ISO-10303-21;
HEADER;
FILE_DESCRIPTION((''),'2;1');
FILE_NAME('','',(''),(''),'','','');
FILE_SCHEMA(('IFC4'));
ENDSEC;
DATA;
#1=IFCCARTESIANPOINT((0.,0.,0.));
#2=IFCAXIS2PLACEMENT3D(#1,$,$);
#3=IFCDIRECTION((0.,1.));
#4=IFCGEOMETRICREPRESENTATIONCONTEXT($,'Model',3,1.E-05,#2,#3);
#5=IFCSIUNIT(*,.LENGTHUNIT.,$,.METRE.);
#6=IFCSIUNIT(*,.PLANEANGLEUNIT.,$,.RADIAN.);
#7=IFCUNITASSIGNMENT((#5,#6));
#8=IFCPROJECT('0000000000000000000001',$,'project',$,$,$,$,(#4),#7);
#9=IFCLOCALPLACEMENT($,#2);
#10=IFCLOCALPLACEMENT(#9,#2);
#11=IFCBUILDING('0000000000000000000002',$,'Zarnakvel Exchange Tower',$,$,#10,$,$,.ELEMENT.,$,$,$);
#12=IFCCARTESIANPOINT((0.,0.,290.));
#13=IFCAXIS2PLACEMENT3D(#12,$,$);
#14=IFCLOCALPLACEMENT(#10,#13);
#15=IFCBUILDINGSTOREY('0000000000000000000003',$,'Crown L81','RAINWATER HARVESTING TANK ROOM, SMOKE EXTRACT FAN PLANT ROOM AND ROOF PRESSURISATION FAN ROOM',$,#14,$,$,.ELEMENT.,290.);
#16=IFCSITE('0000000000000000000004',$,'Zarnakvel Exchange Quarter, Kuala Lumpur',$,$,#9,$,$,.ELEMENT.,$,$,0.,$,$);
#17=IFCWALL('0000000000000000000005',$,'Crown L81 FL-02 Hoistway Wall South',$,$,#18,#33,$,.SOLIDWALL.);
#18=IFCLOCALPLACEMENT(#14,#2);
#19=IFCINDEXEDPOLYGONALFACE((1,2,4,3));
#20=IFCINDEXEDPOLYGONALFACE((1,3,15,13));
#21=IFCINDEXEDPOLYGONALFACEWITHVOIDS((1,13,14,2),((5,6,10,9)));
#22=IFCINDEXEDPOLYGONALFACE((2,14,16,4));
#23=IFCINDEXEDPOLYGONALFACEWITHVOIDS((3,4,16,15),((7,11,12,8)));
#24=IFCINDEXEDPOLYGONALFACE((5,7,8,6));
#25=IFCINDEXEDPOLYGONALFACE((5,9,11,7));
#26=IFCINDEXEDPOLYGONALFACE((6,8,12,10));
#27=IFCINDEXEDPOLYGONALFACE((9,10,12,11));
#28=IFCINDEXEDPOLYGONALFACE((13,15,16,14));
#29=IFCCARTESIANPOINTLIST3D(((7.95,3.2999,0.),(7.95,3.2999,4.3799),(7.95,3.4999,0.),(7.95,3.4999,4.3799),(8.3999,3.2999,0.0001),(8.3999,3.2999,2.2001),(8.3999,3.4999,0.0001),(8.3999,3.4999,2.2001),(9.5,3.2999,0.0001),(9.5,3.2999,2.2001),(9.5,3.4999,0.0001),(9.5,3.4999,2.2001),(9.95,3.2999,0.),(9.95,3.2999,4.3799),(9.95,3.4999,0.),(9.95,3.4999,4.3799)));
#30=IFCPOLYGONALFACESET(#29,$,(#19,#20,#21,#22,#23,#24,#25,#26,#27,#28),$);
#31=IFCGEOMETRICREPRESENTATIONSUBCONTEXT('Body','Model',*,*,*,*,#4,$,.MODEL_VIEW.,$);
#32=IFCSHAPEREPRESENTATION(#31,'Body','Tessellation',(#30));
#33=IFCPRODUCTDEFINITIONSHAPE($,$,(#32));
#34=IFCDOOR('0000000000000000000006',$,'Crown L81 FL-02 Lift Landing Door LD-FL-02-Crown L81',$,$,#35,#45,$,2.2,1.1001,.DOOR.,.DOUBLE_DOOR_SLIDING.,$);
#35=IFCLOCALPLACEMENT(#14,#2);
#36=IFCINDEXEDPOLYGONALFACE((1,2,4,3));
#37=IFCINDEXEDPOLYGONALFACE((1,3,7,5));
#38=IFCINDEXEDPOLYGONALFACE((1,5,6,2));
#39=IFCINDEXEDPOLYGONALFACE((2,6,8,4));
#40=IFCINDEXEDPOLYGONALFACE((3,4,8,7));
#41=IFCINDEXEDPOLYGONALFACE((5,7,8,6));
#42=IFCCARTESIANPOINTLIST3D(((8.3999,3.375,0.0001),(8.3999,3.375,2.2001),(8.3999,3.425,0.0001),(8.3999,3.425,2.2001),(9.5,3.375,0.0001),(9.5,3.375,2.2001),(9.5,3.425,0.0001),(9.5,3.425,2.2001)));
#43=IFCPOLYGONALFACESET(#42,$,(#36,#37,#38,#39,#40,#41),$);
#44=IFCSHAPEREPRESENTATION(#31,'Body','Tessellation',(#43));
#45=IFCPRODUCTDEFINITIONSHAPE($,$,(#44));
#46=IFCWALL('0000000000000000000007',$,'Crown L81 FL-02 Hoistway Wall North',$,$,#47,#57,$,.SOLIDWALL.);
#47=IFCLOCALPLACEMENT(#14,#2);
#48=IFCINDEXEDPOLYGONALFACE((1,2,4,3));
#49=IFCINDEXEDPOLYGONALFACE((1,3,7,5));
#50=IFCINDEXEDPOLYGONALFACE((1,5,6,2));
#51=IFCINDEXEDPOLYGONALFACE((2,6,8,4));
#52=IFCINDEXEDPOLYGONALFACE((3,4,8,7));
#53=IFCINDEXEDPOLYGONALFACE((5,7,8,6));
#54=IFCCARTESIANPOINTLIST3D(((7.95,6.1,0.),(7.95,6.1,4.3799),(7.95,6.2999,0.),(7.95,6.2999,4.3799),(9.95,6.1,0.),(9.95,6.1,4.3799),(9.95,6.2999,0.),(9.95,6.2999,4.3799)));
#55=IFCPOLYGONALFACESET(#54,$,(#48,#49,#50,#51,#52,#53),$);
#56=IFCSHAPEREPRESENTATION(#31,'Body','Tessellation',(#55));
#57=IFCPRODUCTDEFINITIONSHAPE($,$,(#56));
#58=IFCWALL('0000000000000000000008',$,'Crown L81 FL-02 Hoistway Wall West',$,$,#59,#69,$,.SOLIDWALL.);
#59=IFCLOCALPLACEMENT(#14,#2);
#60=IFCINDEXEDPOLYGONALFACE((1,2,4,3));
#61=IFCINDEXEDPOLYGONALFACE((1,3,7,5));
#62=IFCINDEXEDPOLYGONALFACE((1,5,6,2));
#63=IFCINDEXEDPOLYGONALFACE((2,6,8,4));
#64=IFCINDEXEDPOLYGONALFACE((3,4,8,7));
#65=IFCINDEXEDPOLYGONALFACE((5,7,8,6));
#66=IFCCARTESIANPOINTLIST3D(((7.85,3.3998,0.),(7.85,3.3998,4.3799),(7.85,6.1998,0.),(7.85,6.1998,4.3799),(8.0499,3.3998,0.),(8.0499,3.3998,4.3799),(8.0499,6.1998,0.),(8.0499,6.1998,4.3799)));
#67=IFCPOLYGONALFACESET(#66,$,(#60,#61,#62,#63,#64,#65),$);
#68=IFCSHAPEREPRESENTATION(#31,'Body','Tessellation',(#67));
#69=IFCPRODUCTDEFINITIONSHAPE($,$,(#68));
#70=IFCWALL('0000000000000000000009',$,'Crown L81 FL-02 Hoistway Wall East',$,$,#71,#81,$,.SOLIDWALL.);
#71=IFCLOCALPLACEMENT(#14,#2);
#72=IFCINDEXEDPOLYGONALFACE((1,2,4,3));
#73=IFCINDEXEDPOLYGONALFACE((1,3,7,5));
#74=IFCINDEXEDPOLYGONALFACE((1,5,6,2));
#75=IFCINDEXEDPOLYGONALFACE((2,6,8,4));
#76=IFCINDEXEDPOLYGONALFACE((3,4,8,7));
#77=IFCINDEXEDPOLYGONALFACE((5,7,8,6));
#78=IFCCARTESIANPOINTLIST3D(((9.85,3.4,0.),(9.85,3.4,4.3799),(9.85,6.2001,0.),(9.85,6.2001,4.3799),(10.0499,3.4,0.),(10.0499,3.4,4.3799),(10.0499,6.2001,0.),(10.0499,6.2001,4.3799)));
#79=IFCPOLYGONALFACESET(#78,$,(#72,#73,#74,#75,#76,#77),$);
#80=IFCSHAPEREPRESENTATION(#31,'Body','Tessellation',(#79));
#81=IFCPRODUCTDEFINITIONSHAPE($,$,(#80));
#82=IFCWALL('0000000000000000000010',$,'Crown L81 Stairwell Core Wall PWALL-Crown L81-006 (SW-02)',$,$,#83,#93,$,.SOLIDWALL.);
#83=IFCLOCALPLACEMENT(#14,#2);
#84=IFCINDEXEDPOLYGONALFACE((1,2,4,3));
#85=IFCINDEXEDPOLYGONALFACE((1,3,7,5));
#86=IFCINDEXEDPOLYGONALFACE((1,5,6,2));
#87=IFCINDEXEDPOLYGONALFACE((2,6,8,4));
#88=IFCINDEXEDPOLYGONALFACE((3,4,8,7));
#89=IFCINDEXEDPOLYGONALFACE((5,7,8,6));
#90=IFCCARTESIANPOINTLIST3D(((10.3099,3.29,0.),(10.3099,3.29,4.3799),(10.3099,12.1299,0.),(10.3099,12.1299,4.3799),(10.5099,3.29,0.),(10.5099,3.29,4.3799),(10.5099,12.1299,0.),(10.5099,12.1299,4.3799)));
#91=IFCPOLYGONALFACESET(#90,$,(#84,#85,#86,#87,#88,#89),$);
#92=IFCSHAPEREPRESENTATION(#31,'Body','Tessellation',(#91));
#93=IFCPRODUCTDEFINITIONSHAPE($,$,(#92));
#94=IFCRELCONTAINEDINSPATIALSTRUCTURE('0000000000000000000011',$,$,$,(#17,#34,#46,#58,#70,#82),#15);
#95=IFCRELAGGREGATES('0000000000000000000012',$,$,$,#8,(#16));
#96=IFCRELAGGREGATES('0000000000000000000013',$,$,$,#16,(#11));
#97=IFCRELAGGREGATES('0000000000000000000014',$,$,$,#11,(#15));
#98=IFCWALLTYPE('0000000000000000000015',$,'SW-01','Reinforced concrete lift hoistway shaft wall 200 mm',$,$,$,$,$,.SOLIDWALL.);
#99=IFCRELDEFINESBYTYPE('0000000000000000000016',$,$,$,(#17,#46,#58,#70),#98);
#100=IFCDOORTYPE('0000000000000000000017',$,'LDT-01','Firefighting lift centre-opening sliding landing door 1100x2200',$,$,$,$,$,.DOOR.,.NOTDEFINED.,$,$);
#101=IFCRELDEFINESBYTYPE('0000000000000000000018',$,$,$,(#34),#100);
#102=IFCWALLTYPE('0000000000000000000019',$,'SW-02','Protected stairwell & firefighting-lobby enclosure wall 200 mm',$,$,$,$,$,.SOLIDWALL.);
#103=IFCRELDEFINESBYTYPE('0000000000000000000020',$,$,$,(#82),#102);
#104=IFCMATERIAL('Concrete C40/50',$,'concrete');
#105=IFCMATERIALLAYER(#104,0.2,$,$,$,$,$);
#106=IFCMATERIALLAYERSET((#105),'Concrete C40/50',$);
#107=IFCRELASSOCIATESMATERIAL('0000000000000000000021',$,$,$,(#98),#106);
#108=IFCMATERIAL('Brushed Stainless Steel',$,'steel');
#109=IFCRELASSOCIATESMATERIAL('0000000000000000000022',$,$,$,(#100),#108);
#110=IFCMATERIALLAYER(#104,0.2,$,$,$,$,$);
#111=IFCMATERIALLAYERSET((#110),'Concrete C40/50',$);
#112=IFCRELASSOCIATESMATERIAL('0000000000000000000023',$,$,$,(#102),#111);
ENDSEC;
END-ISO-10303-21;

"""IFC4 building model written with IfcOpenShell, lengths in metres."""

from ifc_helpers import new_model, si_unit, direction, frame, frame_2d, origin, place, context, subcontext, project, spatial, rectangle, extrude, source, transform, mapped, material, layer, layer_set, type_object, element, fill, save


model = new_model("IFC4")

# Units and contexts
model_context = context("Model", 3, precision=1e-05, world=origin(), true_north=direction((0.0, 1.0)))
body_context = subcontext(model_context, "Body", "Model", "MODEL_VIEW")
ifc_project = project(units=[si_unit("LENGTHUNIT", "METRE"), si_unit("PLANEANGLEUNIT", "RADIAN")], contexts=[model_context])

# Site, building, storey
site_placement = place(None, origin())
site = spatial("IfcSite", under=ifc_project, at=site_placement, Name="Zarnakvel Exchange Quarter, Kuala Lumpur", CompositionType="ELEMENT", RefElevation=0.0)
building_placement = place(site_placement, origin())
building = spatial("IfcBuilding", under=site, at=building_placement, Name="Zarnakvel Exchange Tower", CompositionType="ELEMENT")
storey_placement = place(building_placement, frame((0.0, 0.0, 290.0)))
storey = spatial("IfcBuildingStorey", under=building, at=storey_placement, Name="Crown L81", Description="RAINWATER HARVESTING TANK ROOM, SMOKE EXTRACT FAN PLANT ROOM AND ROOF PRESSURISATION FAN ROOM", CompositionType="ELEMENT", Elevation=290.0)

# Wall, opening, door
ifc_material_1 = material(Name="Concrete C40/50", Category="concrete")
ifc_layer_1 = layer(ifc_material_1, 0.2)
ifc_layer_set_1 = layer_set([ifc_layer_1], Name="Concrete C40/50")
wall_type_1 = type_object("IfcWallType", Name="SW-01", Description="Reinforced concrete lift hoistway shaft wall 200 mm", PredefinedType="SOLIDWALL", material=ifc_layer_set_1)
wall_1_placement = place(storey_placement, frame((9.95, 3.3999, 0.0), z_axis=(0.0, 0.0, 1.0), x_axis=(-1.0, 0.0, 0.0)))
wall_1 = element("IfcWall", 1, at=wall_1_placement, inside=storey, type_object=wall_type_1, Name="Crown L81 FL-02 Hoistway Wall South", PredefinedType="SOLIDWALL", context=body_context, shape_type="SweptSolid", body=[
    extrude(rectangle(XDim=2.0, YDim=0.2, at=frame_2d((1.0, 0.0))), origin(), (0.0, 0.0, 1.0), 4.3799),
])
opening_1_placement = place(wall_1_placement, frame((0.45, 0.0, 0.0)))
opening_1 = element("IfcOpeningElement", 2, at=opening_1_placement, cuts=wall_1, PredefinedType="OPENING", context=body_context, shape_type="SweptSolid", body=[
    extrude(rectangle(XDim=1.1001, YDim=2.2, at=frame_2d((0.55, 1.1001))), frame((0.0, 0.1099, 0.0), z_axis=(0.0, -1.0, 0.0), x_axis=(1.0, 0.0, 0.0)), (0.0, 0.0, 1.0), 0.22),
])
ifc_material_2 = material(Name="Brushed Stainless Steel", Category="steel")
door_type_1 = type_object("IfcDoorType", Name="LDT-01", Description="Firefighting lift centre-opening sliding landing door 1100x2200", OperationType="NOTDEFINED", PredefinedType="DOOR", material=ifc_material_2)
shared_shape_1 = source(origin(), body_context, "Body", "SweptSolid", [
    extrude(rectangle(XDim=1.1001, YDim=2.2, at=frame_2d((0.55, 1.1001))), frame((0.0, 0.0249, 0.0), z_axis=(0.0, -1.0, 0.0), x_axis=(1.0, 0.0, 0.0)), (0.0, 0.0, 1.0), 0.05),
])
door_1_placement = place(opening_1_placement, origin())
door_1 = element("IfcDoor", 3, at=door_1_placement, inside=storey, type_object=door_type_1, Name="Crown L81 FL-02 Lift Landing Door LD-FL-02-Crown L81", OperationType="DOUBLE_DOOR_SLIDING", OverallHeight=2.2, OverallWidth=1.1001, PredefinedType="DOOR", context=body_context, shape_type="MappedRepresentation", body=[
    mapped(shared_shape_1, transform((0.0, 0.0, 0.0), x_axis=(1.0, 0.0, 0.0), y_axis=(0.0, 1.0, 0.0), z_axis=(0.0, 0.0, 1.0), scale=1.0)),
])
fill(opening_1, door_1)

# Walls
wall_2_placement = place(storey_placement, frame((7.95, 6.2, 0.0), z_axis=(0.0, 0.0, 1.0), x_axis=(1.0, 0.0, 0.0)))
element("IfcWall", 4, at=wall_2_placement, inside=storey, type_object=wall_type_1, Name="Crown L81 FL-02 Hoistway Wall North", PredefinedType="SOLIDWALL", context=body_context, shape_type="SweptSolid", body=[
    extrude(rectangle(XDim=2.0, YDim=0.2, at=frame_2d((1.0, 0.0))), origin(), (0.0, 0.0, 1.0), 4.3799),
])
for number, where, z_axis, x_axis, name in (
    (5, (7.95, 3.3999, 0.0), (0.0, 0.0, 1.0), (0.0, 1.0, 0.0), "Crown L81 FL-02 Hoistway Wall West"),
    (6, (9.95, 6.2, 0.0), (0.0, 0.0, 1.0), (0.0, -1.0, 0.0), "Crown L81 FL-02 Hoistway Wall East"),
):
    element("IfcWall", number, at=place(storey_placement, frame(where, z_axis=z_axis, x_axis=x_axis)), inside=storey, type_object=wall_type_1, Name=name, PredefinedType="SOLIDWALL", context=body_context, shape_type="SweptSolid", body=[
        extrude(rectangle(XDim=2.8, YDim=0.2, at=frame_2d((1.3999, 0.0))), origin(), (0.0, 0.0, 1.0), 4.3799),
    ])
ifc_layer_2 = layer(ifc_material_1, 0.2)
ifc_layer_set_2 = layer_set([ifc_layer_2], Name="Concrete C40/50")
wall_type_2 = type_object("IfcWallType", Name="SW-02", Description="Protected stairwell & firefighting-lobby enclosure wall 200 mm", PredefinedType="SOLIDWALL", material=ifc_layer_set_2)
wall_3_placement = place(storey_placement, frame((10.4099, 3.29, 0.0), z_axis=(0.0, 0.0, 1.0), x_axis=(0.0, 1.0, 0.0)))
element("IfcWall", 7, at=wall_3_placement, inside=storey, type_object=wall_type_2, Name="Crown L81 Stairwell Core Wall PWALL-Crown L81-006 (SW-02)", PredefinedType="SOLIDWALL", context=body_context, shape_type="SweptSolid", body=[
    extrude(rectangle(XDim=8.8398, YDim=0.2, at=frame_2d((4.4199, 0.0))), origin(), (0.0, 0.0, 1.0), 4.3799),
])

save(model, "model.ifc")
